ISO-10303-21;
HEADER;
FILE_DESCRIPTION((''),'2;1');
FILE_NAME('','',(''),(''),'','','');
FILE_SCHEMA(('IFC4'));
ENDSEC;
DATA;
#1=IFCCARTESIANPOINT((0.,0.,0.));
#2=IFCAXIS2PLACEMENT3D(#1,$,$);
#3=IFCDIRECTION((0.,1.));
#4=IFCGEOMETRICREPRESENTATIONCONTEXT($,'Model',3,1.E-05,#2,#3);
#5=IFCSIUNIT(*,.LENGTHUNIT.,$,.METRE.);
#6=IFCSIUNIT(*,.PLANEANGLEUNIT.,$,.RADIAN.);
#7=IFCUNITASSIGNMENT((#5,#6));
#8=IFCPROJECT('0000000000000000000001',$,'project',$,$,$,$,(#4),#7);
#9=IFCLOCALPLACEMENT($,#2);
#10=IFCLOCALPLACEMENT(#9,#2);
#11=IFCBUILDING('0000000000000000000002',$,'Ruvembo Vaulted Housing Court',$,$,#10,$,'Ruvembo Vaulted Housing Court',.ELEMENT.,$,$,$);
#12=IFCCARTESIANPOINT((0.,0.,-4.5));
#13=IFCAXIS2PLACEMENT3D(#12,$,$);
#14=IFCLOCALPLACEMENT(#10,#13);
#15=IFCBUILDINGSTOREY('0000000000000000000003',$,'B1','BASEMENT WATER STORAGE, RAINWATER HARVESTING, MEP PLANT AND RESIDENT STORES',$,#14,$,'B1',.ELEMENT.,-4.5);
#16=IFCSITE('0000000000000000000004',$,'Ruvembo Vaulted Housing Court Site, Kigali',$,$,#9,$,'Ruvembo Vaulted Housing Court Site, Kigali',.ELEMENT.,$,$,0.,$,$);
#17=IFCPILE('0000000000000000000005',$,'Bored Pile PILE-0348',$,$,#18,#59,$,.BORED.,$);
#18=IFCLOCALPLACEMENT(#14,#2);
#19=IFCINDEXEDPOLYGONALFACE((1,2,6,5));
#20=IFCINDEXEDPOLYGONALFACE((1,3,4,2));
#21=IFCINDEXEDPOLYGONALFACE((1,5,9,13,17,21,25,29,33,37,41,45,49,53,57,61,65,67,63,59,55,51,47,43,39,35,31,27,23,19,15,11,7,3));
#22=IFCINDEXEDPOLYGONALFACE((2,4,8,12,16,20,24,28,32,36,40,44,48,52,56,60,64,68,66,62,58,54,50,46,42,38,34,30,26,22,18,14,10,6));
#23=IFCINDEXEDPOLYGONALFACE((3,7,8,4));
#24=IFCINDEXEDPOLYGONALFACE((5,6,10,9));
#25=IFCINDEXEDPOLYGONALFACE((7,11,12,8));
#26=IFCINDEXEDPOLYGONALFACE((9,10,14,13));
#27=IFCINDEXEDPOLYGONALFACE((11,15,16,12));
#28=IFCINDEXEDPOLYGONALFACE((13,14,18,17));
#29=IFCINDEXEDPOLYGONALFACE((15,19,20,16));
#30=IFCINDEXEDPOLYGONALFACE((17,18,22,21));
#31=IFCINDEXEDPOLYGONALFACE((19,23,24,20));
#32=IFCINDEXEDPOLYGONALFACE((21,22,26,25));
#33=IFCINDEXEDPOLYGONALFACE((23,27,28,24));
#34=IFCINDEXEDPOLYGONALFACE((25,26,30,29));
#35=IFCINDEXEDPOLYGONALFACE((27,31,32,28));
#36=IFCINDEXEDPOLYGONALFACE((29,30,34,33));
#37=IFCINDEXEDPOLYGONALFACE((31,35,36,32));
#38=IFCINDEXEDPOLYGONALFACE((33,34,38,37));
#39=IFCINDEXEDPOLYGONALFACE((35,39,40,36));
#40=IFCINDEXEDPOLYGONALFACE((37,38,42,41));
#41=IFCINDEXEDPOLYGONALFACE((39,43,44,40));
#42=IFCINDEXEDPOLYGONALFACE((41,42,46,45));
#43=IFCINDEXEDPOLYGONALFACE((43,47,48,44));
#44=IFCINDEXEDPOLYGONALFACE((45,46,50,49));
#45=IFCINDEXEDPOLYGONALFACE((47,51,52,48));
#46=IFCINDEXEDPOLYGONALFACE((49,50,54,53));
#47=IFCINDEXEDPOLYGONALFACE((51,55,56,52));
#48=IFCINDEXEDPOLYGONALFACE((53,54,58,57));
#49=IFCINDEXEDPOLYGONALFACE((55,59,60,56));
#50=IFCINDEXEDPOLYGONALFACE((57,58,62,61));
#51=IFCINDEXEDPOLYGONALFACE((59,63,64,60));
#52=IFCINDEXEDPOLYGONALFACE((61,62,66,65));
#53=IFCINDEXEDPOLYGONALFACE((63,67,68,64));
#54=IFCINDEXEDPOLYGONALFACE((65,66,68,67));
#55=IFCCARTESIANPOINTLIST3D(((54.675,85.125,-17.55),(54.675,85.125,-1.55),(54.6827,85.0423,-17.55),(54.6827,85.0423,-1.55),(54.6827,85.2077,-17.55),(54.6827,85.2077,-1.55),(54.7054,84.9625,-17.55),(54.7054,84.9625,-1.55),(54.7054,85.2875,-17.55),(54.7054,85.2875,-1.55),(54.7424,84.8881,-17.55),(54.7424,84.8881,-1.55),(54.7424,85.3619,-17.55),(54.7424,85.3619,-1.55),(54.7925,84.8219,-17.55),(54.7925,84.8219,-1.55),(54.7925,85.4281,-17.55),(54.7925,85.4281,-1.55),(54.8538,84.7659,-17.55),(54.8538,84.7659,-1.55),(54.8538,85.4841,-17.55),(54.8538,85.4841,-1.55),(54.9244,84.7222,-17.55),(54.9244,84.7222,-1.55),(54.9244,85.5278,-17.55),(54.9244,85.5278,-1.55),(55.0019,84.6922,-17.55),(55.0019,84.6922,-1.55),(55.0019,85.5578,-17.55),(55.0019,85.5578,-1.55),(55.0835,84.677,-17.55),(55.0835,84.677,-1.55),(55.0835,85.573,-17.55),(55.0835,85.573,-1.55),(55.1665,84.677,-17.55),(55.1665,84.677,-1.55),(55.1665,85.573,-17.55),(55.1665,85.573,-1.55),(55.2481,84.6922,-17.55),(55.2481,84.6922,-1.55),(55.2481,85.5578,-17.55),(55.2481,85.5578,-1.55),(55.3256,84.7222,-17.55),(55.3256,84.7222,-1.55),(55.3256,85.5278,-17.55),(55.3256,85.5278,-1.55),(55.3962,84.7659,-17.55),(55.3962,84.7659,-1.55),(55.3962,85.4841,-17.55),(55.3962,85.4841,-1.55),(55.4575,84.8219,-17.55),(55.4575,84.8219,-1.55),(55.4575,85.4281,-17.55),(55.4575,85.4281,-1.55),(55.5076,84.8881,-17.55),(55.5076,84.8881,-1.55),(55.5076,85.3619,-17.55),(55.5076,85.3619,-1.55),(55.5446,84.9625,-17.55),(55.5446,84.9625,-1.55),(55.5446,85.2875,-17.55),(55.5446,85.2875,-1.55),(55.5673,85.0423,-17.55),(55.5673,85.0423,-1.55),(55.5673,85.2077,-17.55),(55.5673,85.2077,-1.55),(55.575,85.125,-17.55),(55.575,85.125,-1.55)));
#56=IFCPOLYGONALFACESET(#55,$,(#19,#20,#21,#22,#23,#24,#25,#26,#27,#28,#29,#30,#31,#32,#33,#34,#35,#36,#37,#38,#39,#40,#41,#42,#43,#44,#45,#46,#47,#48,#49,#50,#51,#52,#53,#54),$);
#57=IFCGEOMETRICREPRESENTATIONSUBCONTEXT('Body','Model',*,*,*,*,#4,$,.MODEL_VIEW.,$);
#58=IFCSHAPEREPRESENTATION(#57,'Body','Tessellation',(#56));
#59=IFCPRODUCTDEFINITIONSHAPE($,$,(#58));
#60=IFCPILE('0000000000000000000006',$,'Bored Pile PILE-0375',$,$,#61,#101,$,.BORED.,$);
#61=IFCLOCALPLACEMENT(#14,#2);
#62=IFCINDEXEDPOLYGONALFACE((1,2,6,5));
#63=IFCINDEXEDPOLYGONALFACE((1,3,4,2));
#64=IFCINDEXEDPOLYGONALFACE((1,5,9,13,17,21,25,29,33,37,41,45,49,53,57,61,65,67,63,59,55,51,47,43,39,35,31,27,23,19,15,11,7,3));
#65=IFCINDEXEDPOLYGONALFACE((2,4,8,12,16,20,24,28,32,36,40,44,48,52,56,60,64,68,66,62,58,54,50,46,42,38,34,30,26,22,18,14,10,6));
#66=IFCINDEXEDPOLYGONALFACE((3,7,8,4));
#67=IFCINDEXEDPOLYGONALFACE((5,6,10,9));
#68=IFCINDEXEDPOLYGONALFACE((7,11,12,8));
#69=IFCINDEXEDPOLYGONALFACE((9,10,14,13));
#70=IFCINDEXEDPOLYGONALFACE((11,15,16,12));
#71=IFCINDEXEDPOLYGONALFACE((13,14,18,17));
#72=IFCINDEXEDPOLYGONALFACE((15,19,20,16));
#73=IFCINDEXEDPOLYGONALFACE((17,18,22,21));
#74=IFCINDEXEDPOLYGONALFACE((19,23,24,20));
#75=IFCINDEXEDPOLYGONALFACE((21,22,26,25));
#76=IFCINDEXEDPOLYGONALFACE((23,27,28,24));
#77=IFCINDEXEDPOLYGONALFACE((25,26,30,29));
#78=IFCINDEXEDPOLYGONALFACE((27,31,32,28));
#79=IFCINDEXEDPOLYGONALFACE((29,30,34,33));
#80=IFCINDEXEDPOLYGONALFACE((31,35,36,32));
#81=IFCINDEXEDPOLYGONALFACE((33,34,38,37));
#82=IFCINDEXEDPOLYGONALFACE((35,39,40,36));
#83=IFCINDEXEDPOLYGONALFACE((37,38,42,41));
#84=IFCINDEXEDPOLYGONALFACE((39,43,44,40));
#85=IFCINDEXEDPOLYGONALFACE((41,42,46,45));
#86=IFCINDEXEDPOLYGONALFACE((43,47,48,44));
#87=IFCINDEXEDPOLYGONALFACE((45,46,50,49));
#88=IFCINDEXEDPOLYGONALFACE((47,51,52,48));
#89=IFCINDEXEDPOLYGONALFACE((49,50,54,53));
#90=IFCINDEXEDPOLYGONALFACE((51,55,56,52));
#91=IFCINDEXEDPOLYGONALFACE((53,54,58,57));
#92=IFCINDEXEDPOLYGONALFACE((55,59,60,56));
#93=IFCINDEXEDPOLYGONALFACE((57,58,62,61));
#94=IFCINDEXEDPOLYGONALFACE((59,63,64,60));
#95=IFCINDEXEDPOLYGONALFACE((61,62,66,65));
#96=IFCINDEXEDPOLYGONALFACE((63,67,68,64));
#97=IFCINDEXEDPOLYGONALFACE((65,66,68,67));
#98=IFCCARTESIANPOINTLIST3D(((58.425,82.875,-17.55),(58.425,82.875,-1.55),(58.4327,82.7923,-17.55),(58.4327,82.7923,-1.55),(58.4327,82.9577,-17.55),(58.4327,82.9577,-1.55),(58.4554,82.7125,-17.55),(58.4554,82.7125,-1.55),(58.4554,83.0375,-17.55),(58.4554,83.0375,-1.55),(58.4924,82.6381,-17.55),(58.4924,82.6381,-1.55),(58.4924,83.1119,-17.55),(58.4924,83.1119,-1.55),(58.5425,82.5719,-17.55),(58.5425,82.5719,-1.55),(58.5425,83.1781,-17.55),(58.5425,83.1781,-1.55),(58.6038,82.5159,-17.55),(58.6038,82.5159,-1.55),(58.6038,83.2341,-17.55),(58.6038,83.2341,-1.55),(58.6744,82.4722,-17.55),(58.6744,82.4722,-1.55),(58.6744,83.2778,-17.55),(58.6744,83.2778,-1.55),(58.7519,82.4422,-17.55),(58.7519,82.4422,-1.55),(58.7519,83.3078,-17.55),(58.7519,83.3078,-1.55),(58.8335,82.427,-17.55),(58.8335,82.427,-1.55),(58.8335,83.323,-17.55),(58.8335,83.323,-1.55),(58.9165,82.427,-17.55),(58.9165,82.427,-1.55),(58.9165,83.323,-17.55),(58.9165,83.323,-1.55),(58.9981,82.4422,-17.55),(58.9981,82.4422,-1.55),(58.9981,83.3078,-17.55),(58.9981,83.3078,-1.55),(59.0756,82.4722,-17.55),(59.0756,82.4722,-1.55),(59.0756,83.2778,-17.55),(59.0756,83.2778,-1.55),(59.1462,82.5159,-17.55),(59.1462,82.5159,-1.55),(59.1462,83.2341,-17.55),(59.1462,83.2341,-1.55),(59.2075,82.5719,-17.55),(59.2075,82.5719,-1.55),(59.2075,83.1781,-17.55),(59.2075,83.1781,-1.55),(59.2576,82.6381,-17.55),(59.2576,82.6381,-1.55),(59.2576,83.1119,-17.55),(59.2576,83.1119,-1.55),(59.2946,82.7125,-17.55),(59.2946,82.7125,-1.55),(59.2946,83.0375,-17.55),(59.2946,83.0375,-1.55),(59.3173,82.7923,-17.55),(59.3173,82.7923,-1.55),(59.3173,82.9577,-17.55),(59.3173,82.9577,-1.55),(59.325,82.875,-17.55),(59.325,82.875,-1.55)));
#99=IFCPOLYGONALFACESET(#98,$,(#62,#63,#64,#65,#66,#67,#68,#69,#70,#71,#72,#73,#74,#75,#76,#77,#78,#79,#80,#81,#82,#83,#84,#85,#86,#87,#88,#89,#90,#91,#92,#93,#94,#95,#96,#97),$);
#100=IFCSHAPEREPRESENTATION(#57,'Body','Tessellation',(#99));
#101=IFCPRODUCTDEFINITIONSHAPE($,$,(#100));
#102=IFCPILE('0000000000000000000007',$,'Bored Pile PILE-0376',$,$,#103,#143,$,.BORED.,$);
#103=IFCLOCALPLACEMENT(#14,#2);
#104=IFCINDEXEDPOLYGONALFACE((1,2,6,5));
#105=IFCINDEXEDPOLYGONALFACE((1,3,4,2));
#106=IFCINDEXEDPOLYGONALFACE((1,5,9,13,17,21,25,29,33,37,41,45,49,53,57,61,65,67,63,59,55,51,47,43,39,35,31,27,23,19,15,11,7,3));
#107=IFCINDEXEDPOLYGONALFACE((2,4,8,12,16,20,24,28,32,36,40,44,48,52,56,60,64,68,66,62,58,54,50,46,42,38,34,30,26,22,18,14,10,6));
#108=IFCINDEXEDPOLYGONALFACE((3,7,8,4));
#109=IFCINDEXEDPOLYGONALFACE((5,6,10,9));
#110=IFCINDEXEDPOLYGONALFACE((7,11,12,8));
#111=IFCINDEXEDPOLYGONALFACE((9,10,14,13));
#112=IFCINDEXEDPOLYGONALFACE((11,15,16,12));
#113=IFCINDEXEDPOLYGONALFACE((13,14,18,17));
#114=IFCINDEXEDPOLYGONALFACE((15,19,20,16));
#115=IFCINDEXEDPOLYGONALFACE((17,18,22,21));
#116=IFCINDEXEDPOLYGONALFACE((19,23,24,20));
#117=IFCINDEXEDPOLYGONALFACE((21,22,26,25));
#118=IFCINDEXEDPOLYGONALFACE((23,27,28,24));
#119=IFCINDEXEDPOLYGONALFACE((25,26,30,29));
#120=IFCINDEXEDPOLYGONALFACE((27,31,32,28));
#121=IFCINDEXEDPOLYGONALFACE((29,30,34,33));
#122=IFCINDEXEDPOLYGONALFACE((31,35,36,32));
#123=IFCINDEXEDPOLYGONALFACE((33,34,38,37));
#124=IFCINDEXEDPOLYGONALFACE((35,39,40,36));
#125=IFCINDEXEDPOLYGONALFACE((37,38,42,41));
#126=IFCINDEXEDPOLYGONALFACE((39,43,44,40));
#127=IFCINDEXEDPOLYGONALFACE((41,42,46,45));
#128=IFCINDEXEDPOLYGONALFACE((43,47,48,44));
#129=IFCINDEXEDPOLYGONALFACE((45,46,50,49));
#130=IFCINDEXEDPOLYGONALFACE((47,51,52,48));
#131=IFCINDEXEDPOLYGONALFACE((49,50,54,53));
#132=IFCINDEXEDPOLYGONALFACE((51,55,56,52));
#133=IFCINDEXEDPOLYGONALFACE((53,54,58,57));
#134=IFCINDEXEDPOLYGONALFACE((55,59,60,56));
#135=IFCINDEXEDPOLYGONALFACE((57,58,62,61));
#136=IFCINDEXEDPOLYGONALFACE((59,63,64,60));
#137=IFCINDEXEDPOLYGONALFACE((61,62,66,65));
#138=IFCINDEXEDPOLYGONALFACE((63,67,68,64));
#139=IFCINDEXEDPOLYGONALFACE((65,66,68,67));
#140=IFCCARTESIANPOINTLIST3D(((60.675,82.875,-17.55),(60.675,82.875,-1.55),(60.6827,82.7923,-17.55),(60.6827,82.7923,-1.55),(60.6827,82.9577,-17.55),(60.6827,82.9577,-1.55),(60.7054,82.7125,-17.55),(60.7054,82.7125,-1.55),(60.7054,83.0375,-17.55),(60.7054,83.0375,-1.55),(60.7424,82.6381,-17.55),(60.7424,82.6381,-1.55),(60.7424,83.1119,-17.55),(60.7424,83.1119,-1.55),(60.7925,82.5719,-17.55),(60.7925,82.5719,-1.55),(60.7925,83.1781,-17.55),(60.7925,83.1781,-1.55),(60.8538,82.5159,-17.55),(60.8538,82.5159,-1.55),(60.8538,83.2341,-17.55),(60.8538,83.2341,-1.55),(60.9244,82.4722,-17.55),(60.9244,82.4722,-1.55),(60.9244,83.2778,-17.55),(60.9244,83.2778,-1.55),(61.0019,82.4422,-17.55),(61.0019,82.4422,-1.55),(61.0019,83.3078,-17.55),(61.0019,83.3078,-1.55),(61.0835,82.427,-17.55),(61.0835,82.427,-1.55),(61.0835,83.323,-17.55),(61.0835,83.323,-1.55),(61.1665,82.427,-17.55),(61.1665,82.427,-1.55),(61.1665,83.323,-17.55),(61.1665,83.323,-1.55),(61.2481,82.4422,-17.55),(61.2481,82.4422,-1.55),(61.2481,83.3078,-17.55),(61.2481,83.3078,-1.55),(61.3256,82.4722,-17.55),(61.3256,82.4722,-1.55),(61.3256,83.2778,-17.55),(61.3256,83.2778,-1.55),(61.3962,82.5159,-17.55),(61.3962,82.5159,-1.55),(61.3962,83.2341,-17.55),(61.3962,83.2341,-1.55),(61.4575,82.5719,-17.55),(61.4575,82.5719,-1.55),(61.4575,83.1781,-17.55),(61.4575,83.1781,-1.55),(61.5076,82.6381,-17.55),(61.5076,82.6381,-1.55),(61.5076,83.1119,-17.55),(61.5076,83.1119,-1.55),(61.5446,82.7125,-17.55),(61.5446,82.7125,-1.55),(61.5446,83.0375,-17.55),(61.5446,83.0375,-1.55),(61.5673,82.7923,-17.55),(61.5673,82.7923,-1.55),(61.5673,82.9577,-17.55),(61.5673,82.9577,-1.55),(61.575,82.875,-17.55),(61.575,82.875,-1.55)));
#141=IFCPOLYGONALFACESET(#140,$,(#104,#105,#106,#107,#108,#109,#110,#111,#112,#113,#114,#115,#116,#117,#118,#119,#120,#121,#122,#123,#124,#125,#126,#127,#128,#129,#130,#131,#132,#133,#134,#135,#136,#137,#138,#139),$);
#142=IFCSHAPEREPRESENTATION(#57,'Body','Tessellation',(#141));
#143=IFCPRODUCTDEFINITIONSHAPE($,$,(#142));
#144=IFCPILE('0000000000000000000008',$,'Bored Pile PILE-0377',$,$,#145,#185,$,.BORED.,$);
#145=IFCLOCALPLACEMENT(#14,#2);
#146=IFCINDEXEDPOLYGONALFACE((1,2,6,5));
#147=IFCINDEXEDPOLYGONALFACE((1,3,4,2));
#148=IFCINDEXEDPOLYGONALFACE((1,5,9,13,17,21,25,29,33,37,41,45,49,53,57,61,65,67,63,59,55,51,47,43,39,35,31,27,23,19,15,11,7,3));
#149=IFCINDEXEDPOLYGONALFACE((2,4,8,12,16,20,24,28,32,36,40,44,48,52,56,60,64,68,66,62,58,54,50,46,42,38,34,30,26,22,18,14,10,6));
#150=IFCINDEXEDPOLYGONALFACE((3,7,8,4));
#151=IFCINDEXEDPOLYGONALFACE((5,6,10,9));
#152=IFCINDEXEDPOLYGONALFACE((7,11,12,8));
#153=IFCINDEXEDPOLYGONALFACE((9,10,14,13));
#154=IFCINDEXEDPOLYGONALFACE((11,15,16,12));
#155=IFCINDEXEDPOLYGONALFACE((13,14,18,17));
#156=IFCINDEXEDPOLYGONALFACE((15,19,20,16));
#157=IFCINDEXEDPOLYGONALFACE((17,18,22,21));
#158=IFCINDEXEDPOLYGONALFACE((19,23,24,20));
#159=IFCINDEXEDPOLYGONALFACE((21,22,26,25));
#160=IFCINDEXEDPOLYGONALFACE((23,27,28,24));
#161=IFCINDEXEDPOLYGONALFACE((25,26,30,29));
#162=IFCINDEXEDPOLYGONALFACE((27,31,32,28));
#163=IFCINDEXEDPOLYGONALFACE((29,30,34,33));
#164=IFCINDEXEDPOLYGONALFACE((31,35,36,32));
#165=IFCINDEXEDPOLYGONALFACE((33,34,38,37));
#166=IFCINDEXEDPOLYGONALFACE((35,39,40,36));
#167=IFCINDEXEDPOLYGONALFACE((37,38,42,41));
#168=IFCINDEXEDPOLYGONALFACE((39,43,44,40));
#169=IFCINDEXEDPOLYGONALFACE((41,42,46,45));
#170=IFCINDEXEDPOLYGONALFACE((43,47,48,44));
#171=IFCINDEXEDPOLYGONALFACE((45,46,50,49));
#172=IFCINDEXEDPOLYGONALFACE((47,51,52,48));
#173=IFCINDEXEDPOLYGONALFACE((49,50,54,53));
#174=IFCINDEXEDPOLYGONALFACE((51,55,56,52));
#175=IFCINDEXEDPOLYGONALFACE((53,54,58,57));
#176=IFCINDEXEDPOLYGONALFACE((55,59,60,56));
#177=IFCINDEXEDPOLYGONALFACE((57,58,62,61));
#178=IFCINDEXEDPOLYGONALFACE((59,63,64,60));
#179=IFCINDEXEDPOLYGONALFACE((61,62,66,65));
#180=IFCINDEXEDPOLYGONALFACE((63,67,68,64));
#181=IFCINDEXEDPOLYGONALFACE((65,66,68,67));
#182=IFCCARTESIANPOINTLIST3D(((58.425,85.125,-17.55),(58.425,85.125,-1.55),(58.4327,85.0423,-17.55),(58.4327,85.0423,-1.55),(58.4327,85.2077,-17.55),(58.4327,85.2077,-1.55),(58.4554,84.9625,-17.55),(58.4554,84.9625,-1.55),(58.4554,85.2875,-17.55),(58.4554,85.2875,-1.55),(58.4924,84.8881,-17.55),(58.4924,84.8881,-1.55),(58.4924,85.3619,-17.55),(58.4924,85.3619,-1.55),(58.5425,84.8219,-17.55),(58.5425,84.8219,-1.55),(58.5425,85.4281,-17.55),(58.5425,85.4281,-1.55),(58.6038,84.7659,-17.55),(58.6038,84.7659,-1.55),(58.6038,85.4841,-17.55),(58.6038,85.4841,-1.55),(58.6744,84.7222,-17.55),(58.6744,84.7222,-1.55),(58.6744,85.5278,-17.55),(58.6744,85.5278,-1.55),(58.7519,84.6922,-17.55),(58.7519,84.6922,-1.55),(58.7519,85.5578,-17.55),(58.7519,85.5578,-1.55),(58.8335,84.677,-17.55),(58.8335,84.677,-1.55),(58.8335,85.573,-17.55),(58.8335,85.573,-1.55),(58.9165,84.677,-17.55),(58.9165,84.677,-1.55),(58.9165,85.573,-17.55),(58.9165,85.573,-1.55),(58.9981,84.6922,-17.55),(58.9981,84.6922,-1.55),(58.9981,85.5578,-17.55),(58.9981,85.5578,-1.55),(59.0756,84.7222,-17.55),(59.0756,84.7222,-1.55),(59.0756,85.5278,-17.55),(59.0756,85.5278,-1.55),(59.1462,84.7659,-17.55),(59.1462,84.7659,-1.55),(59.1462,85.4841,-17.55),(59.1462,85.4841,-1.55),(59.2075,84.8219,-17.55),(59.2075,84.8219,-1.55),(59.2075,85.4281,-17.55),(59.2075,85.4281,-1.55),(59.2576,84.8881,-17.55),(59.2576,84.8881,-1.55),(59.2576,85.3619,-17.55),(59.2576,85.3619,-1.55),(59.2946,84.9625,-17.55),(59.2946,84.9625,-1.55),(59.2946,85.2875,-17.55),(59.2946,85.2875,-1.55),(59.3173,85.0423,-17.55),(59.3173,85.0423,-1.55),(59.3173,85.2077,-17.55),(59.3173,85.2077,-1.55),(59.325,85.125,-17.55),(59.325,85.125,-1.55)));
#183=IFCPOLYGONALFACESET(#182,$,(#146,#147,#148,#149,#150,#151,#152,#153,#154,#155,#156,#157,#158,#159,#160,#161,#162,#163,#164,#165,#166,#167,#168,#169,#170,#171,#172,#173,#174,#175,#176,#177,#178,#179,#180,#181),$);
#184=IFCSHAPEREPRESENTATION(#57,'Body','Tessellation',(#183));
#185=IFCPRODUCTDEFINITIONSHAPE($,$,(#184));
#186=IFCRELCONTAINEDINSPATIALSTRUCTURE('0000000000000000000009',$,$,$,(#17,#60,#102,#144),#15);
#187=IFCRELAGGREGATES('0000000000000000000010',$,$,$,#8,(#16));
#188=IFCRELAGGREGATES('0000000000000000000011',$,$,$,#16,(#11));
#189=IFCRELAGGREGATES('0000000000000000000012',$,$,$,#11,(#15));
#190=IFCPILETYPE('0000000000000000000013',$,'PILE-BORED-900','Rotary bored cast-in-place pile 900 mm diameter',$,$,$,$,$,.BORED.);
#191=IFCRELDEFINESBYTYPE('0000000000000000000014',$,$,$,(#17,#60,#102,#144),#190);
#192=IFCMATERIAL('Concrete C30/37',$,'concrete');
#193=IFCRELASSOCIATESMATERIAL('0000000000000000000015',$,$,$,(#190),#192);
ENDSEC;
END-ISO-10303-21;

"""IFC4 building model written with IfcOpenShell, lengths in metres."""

from ifc_helpers import new_model, si_unit, direction, frame, origin, origin_2d, place, context, subcontext, project, spatial, circle, extrude, material, material_profile, profile_set, type_object, element, save


model = new_model("IFC4")

# Units and contexts
model_context = context("Model", 3, precision=1e-05, world=origin(), true_north=direction((0.0, 1.0)))
body_context = subcontext(model_context, "Body", "Model", "MODEL_VIEW")
ifc_project = project(units=[si_unit("LENGTHUNIT", "METRE"), si_unit("PLANEANGLEUNIT", "RADIAN")], contexts=[model_context])

# Site, building, storey
site_placement = place(None, origin())
site = spatial("IfcSite", under=ifc_project, at=site_placement, Name="Ruvembo Vaulted Housing Court Site, Kigali", LongName="Ruvembo Vaulted Housing Court Site, Kigali", CompositionType="ELEMENT", RefElevation=0.0)
building_placement = place(site_placement, origin())
building = spatial("IfcBuilding", under=site, at=building_placement, Name="Ruvembo Vaulted Housing Court", LongName="Ruvembo Vaulted Housing Court", CompositionType="ELEMENT")
storey_placement = place(building_placement, frame((0.0, 0.0, -4.5)))
storey = spatial("IfcBuildingStorey", under=building, at=storey_placement, Name="B1", Description="BASEMENT WATER STORAGE, RAINWATER HARVESTING, MEP PLANT AND RESIDENT STORES", LongName="B1", CompositionType="ELEMENT", Elevation=-4.5)

# Piles
ifc_material_1 = material(Name="Concrete C30/37", Category="concrete")
ifc_material_profile_1 = material_profile(ifc_material_1, circle(Radius=0.45, at=origin_2d()), Name="PILE D900")
ifc_profile_set_1 = profile_set([ifc_material_profile_1], Name="Concrete C30/37")
pile_type = type_object("IfcPileType", Name="PILE-BORED-900", Description="Rotary bored cast-in-place pile 900 mm diameter", PredefinedType="BORED", material=ifc_profile_set_1)
for number, where, z_axis, x_axis, name in (
    (1, (55.125, 85.125, -1.55), (0.0, 0.0, -1.0), (1.0, 0.0, 0.0), "Bored Pile PILE-0348"),
    (2, (58.875, 82.875, -1.55), (0.0, 0.0, -1.0), (1.0, 0.0, 0.0), "Bored Pile PILE-0375"),
    (3, (61.125, 82.875, -1.55), (0.0, 0.0, -1.0), (1.0, 0.0, 0.0), "Bored Pile PILE-0376"),
    (4, (58.875, 85.125, -1.55), (0.0, 0.0, -1.0), (1.0, 0.0, 0.0), "Bored Pile PILE-0377"),
):
    element("IfcPile", number, at=place(storey_placement, frame(where, z_axis=z_axis, x_axis=x_axis)), inside=storey, type_object=pile_type, Name=name, PredefinedType="BORED", context=body_context, shape_type="SweptSolid", body=[
        extrude(circle(Radius=0.45, at=origin_2d()), origin(), (0.0, 0.0, 1.0), 16.0),
    ])

save(model, "model.ifc")
